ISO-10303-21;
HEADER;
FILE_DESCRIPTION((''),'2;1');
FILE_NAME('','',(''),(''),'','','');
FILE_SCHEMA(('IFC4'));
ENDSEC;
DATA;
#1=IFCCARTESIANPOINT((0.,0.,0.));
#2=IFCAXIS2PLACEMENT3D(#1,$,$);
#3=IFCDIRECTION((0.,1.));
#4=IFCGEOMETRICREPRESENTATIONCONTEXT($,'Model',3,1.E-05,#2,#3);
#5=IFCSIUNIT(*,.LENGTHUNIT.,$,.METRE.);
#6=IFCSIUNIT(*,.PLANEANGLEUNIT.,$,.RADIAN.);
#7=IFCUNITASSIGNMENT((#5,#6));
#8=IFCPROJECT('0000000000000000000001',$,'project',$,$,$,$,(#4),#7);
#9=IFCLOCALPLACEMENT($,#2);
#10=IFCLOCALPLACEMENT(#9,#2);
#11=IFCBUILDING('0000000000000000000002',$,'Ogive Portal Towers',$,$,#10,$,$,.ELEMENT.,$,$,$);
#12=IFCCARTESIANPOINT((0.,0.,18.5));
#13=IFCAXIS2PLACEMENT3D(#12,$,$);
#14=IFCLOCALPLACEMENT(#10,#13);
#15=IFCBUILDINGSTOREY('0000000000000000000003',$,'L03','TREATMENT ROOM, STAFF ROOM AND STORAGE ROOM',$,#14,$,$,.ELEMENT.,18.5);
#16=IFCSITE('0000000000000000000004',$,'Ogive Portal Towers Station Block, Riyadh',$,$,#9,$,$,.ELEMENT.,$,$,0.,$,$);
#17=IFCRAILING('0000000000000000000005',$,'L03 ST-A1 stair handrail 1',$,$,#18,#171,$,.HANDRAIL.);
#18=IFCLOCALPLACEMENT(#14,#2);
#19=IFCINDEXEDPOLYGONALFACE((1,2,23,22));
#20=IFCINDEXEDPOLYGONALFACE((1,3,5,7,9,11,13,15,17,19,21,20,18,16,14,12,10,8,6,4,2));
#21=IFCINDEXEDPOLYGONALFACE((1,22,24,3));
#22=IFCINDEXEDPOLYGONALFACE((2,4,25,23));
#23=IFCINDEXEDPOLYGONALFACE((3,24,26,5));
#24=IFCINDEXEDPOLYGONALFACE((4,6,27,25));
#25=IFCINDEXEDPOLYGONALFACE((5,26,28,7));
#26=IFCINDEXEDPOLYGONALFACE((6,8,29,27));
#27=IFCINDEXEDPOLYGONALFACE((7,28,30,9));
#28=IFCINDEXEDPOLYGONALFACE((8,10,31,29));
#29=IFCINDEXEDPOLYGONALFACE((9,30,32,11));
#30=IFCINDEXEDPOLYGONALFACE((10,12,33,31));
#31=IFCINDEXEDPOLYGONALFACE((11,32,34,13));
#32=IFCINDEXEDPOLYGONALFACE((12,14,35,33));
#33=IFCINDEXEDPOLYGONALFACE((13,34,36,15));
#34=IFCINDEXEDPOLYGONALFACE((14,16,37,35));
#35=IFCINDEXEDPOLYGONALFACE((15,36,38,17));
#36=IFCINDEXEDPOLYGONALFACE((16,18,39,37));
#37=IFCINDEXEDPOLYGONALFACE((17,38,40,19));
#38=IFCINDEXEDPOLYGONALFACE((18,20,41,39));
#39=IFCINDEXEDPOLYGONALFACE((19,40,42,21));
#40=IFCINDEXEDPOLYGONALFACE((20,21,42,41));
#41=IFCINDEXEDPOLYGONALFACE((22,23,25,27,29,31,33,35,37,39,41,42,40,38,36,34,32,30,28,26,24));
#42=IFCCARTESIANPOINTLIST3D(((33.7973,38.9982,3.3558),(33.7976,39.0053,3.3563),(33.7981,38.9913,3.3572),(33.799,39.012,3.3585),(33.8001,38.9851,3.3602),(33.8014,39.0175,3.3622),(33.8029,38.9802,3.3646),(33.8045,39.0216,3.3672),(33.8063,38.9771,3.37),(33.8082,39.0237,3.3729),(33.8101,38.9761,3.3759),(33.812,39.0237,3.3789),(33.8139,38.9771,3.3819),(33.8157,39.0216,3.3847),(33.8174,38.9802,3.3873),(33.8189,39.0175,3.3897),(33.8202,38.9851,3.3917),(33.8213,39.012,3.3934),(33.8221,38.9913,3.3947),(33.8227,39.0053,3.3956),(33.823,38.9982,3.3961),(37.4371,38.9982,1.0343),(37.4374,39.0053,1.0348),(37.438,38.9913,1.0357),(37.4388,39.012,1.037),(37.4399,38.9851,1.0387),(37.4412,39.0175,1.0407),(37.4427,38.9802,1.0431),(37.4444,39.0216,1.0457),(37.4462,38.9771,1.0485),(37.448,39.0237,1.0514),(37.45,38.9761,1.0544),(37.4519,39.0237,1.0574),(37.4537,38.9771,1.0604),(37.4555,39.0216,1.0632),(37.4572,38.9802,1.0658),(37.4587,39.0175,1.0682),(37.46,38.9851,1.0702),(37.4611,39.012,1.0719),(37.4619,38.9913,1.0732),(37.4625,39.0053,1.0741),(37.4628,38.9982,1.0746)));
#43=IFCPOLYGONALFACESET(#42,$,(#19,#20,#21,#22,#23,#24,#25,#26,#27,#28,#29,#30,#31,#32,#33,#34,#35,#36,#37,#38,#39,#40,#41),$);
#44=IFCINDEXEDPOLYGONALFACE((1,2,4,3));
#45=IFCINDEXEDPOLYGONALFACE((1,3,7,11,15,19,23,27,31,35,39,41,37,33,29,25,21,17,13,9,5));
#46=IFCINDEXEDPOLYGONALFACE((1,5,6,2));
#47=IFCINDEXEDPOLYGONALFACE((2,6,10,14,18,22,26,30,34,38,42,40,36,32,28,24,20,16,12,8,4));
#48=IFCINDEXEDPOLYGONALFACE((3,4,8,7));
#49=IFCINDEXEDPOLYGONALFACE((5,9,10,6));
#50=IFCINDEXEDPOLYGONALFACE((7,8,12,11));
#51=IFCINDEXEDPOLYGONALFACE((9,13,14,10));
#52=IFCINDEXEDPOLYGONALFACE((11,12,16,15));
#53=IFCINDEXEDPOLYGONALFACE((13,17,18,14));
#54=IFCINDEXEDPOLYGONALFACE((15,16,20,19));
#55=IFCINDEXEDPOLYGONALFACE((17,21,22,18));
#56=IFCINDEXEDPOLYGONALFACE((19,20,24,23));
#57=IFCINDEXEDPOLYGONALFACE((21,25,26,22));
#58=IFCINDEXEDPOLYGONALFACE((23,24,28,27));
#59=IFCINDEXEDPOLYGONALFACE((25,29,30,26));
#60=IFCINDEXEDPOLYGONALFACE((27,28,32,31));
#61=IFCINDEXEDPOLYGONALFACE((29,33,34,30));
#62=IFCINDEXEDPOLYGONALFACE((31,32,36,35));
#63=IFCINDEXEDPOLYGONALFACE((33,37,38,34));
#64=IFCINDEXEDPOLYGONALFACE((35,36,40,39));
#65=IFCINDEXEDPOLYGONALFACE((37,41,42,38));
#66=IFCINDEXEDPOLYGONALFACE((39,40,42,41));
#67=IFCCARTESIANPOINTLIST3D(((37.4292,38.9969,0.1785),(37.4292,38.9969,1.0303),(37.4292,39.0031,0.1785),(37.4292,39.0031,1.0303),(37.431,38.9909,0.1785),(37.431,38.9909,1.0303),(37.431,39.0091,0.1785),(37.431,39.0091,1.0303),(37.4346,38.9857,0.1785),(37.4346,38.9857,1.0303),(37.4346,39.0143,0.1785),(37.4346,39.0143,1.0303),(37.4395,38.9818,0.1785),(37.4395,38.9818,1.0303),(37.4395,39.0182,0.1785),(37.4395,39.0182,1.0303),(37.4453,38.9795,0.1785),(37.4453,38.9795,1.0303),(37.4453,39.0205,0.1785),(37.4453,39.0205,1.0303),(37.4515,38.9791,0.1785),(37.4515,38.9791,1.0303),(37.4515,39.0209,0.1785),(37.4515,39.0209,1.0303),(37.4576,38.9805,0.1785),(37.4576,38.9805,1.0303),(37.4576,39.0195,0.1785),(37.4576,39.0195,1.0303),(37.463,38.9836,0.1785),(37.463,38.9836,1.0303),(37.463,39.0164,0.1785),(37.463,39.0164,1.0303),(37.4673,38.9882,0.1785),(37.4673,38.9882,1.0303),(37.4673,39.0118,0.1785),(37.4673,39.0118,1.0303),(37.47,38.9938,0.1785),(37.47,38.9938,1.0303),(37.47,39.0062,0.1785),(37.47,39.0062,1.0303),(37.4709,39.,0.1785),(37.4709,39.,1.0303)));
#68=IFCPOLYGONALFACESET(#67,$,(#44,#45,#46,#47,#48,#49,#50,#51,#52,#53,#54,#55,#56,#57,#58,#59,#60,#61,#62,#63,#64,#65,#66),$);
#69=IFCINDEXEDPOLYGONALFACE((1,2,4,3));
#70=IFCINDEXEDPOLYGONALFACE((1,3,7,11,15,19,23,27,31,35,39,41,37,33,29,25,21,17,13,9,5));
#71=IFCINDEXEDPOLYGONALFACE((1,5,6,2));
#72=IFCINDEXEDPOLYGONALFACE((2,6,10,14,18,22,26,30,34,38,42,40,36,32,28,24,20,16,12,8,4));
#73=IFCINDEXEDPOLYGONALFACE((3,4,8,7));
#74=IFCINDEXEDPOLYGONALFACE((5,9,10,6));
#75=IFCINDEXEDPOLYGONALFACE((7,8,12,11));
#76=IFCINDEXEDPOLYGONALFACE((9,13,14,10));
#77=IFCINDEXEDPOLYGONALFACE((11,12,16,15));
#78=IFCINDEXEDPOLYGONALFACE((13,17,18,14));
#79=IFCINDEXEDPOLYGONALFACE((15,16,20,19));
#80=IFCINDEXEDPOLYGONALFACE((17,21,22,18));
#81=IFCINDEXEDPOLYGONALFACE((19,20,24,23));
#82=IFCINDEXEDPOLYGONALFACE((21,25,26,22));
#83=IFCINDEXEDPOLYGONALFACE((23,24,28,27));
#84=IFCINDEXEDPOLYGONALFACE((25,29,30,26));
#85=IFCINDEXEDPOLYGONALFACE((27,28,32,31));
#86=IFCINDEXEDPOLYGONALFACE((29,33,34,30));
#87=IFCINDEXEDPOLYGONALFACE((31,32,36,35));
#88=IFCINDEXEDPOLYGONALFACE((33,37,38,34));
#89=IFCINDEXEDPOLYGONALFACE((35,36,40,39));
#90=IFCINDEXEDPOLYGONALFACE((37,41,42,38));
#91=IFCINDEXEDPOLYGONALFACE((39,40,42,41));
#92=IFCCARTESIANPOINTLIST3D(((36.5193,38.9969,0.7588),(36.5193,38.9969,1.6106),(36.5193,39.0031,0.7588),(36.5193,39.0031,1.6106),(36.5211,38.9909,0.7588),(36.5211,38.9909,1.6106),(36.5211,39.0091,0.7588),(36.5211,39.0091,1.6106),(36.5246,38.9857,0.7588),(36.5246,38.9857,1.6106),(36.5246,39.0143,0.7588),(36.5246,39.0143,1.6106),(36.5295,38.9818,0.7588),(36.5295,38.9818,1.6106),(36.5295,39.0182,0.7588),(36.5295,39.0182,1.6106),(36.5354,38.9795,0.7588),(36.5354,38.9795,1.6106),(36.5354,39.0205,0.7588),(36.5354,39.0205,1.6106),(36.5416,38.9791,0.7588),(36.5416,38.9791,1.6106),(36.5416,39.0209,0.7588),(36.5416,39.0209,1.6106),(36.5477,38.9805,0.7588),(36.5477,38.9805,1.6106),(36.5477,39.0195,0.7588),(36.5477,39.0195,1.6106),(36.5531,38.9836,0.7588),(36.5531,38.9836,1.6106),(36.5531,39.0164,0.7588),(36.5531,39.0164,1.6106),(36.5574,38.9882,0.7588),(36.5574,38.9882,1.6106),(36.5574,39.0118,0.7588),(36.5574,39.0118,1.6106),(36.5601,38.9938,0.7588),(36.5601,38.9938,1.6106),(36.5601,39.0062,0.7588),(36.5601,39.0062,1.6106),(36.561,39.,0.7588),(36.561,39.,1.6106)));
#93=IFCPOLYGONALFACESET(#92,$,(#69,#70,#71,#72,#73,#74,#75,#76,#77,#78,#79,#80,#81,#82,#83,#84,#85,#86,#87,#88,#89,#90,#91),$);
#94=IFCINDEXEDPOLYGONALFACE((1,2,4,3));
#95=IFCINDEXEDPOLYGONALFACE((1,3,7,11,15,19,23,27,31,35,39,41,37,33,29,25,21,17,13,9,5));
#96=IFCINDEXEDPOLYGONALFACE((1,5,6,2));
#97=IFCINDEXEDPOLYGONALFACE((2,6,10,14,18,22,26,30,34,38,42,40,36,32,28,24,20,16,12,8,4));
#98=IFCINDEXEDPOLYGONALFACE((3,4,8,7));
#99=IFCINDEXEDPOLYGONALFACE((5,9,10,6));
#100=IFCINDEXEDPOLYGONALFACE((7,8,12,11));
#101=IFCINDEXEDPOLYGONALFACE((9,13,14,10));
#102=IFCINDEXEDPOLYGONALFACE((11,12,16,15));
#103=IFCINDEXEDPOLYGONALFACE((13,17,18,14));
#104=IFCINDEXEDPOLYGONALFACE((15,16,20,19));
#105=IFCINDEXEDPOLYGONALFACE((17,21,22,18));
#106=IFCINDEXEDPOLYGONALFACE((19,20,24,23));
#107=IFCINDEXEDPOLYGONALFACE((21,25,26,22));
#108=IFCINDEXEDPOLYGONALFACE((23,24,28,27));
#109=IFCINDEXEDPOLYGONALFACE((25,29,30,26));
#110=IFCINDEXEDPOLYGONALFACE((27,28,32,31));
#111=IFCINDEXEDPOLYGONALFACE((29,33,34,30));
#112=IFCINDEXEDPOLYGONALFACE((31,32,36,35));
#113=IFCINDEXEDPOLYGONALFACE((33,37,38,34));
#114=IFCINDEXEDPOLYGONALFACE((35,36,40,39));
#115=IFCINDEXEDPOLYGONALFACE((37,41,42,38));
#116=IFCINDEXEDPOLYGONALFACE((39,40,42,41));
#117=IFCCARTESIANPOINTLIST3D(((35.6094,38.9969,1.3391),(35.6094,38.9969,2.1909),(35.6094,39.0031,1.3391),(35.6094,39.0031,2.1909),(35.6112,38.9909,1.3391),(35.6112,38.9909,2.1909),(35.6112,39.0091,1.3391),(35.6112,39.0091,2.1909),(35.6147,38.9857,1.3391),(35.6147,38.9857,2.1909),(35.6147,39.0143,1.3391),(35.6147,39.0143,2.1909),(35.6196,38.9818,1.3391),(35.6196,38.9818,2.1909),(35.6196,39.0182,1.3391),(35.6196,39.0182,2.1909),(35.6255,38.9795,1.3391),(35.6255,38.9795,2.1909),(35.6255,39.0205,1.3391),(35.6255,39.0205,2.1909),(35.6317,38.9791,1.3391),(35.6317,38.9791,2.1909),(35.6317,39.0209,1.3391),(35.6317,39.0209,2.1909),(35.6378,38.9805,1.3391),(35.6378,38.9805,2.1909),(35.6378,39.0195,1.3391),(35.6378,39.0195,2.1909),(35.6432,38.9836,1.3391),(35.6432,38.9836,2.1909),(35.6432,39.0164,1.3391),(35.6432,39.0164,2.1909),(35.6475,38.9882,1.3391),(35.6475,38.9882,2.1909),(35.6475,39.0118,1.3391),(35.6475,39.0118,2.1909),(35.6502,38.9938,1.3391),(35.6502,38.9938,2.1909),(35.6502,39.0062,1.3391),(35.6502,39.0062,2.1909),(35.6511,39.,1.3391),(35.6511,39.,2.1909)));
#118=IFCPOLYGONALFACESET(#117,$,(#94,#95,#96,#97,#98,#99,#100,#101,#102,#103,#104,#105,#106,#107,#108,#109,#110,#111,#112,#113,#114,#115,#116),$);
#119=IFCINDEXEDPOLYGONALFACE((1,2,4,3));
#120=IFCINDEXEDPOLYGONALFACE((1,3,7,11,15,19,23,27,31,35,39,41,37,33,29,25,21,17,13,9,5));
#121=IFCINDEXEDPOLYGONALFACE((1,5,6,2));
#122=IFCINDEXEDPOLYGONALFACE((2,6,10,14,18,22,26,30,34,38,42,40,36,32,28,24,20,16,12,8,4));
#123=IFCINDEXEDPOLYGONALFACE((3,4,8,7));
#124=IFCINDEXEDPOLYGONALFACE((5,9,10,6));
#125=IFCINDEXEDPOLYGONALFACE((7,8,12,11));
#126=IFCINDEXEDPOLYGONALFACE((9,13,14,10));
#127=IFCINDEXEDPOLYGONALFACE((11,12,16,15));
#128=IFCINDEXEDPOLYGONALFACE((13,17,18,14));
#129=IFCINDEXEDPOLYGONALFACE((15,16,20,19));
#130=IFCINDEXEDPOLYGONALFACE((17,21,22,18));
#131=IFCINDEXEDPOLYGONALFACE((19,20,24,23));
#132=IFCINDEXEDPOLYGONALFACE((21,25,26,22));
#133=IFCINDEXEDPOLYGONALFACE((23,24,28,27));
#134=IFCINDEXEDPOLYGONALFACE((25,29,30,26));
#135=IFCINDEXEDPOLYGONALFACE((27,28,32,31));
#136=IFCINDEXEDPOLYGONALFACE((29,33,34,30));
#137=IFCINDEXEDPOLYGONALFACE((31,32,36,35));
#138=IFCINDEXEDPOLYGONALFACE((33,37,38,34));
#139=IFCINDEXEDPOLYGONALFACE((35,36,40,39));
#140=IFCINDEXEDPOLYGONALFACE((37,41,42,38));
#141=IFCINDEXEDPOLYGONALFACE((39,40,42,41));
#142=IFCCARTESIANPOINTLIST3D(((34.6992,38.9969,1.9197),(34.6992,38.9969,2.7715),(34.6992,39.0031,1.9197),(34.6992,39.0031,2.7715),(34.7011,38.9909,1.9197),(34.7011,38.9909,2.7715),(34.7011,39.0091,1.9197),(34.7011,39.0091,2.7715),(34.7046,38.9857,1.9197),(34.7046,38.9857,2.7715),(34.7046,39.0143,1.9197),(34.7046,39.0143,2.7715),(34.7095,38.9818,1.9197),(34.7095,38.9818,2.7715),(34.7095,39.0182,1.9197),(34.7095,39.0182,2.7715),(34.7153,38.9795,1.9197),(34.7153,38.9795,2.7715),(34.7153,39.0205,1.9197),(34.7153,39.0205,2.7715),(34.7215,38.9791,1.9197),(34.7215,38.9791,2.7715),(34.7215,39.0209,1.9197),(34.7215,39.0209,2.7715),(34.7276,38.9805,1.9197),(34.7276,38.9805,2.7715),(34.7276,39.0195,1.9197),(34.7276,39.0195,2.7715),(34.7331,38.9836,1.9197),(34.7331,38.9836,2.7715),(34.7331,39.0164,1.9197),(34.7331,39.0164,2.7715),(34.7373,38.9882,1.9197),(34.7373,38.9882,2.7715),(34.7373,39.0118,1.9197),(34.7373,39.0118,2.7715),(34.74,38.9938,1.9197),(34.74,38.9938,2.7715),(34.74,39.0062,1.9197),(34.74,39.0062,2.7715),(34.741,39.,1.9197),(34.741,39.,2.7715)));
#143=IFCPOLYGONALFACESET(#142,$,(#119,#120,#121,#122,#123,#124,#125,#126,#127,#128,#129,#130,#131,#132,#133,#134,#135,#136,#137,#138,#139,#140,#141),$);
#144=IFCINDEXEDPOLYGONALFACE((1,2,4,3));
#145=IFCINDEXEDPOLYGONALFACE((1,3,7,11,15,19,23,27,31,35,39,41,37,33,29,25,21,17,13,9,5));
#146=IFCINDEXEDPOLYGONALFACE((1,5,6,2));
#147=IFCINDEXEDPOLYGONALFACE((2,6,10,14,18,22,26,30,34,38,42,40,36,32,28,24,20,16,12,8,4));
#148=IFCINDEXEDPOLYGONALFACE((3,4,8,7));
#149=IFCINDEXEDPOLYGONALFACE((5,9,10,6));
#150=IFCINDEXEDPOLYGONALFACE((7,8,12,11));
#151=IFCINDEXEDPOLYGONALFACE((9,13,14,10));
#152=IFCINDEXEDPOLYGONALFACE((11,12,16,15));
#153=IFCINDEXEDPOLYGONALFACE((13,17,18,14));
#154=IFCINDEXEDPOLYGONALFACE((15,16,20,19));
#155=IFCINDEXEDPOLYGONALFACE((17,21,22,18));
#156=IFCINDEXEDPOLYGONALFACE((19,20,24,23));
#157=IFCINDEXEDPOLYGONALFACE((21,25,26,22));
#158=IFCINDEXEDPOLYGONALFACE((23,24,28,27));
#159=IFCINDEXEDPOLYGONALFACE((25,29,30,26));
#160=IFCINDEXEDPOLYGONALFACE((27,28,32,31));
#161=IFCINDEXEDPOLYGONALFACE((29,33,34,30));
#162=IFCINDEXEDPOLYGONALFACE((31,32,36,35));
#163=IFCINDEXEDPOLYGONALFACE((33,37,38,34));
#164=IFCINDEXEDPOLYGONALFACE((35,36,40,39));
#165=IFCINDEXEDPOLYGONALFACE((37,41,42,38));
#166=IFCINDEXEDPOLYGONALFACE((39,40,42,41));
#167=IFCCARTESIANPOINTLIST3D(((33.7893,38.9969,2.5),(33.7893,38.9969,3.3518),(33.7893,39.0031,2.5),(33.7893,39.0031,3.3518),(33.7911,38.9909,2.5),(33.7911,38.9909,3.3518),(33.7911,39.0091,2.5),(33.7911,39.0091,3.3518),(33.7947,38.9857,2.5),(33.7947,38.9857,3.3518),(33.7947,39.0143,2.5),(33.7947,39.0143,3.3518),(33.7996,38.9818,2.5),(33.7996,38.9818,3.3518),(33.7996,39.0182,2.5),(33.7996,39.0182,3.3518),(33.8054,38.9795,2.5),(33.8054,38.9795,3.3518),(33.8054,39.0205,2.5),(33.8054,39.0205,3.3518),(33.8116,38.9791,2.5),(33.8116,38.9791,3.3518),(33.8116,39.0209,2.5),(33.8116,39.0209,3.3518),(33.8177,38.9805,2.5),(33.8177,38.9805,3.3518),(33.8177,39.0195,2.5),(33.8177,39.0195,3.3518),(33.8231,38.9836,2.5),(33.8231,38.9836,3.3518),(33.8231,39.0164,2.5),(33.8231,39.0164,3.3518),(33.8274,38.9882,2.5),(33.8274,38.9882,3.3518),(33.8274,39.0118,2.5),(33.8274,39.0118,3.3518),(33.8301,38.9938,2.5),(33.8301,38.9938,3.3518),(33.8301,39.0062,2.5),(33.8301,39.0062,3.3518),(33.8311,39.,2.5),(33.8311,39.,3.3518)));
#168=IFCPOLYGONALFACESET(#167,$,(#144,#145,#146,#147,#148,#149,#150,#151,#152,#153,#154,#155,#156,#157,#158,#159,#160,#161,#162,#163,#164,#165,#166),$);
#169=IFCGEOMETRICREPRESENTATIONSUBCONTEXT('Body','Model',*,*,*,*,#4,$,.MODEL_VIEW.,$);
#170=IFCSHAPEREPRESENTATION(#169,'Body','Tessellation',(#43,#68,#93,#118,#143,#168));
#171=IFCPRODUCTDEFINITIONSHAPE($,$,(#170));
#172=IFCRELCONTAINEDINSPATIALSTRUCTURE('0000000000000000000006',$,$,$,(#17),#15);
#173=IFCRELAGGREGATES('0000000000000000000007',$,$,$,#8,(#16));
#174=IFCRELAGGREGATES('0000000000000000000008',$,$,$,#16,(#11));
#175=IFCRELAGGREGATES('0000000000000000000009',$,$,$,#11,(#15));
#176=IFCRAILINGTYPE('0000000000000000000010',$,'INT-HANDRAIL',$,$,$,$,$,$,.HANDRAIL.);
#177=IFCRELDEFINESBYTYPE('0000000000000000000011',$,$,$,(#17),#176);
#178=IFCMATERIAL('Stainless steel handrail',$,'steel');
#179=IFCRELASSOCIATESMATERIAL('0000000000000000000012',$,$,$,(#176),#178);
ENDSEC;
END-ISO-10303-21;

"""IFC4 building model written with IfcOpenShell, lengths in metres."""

from ifc_helpers import new_model, si_unit, direction, frame, origin, origin_2d, place, context, subcontext, project, spatial, circle, extrude, material, type_object, element, save


model = new_model("IFC4")

# Units and contexts
model_context = context("Model", 3, precision=1e-05, world=origin(), true_north=direction((0.0, 1.0)))
body_context = subcontext(model_context, "Body", "Model", "MODEL_VIEW")
ifc_project = project(units=[si_unit("LENGTHUNIT", "METRE"), si_unit("PLANEANGLEUNIT", "RADIAN")], contexts=[model_context])

# Site, building, storey
site_placement = place(None, origin())
site = spatial("IfcSite", under=ifc_project, at=site_placement, Name="Ogive Portal Towers Station Block, Riyadh", CompositionType="ELEMENT", RefElevation=0.0)
building_placement = place(site_placement, origin())
building = spatial("IfcBuilding", under=site, at=building_placement, Name="Ogive Portal Towers", CompositionType="ELEMENT")
storey_placement = place(building_placement, frame((0.0, 0.0, 18.5)))
storey = spatial("IfcBuildingStorey", under=building, at=storey_placement, Name="L03", Description="TREATMENT ROOM, STAFF ROOM AND STORAGE ROOM", CompositionType="ELEMENT", Elevation=18.5)

# Railing
ifc_material_1 = material(Name="Stainless steel handrail", Category="steel")
railing_type_1 = type_object("IfcRailingType", Name="INT-HANDRAIL", PredefinedType="HANDRAIL", material=ifc_material_1)
railing_1_placement = place(storey_placement, frame((37.45, 39.0, 0.1785)))
element("IfcRailing", 1, at=railing_1_placement, inside=storey, type_object=railing_type_1, Name="L03 ST-A1 stair handrail 1", PredefinedType="HANDRAIL", context=body_context, shape_type="SweptSolid", body=[
    extrude(circle(Radius=0.0239, at=origin_2d()), frame((0.0, 0.0, 0.876), z_axis=(-0.843112, 0.0, 0.537739), x_axis=(0.0, -1.0, 0.0)), (0.0, 0.0, 1.0), 4.3171),
    extrude(circle(Radius=0.021, at=origin_2d()), origin(), (0.0, 0.0, 1.0), 0.8518),
    extrude(circle(Radius=0.021, at=origin_2d()), frame((-0.9099, 0.0, 0.5803)), (0.0, 0.0, 1.0), 0.8518),
    extrude(circle(Radius=0.021, at=origin_2d()), frame((-1.8198, 0.0, 1.1606)), (0.0, 0.0, 1.0), 0.8518),
    extrude(circle(Radius=0.021, at=origin_2d()), frame((-2.73, 0.0, 1.7412)), (0.0, 0.0, 1.0), 0.8518),
    extrude(circle(Radius=0.021, at=origin_2d()), frame((-3.6399, 0.0, 2.3215)), (0.0, 0.0, 1.0), 0.8518),
])

save(model, "model.ifc")
